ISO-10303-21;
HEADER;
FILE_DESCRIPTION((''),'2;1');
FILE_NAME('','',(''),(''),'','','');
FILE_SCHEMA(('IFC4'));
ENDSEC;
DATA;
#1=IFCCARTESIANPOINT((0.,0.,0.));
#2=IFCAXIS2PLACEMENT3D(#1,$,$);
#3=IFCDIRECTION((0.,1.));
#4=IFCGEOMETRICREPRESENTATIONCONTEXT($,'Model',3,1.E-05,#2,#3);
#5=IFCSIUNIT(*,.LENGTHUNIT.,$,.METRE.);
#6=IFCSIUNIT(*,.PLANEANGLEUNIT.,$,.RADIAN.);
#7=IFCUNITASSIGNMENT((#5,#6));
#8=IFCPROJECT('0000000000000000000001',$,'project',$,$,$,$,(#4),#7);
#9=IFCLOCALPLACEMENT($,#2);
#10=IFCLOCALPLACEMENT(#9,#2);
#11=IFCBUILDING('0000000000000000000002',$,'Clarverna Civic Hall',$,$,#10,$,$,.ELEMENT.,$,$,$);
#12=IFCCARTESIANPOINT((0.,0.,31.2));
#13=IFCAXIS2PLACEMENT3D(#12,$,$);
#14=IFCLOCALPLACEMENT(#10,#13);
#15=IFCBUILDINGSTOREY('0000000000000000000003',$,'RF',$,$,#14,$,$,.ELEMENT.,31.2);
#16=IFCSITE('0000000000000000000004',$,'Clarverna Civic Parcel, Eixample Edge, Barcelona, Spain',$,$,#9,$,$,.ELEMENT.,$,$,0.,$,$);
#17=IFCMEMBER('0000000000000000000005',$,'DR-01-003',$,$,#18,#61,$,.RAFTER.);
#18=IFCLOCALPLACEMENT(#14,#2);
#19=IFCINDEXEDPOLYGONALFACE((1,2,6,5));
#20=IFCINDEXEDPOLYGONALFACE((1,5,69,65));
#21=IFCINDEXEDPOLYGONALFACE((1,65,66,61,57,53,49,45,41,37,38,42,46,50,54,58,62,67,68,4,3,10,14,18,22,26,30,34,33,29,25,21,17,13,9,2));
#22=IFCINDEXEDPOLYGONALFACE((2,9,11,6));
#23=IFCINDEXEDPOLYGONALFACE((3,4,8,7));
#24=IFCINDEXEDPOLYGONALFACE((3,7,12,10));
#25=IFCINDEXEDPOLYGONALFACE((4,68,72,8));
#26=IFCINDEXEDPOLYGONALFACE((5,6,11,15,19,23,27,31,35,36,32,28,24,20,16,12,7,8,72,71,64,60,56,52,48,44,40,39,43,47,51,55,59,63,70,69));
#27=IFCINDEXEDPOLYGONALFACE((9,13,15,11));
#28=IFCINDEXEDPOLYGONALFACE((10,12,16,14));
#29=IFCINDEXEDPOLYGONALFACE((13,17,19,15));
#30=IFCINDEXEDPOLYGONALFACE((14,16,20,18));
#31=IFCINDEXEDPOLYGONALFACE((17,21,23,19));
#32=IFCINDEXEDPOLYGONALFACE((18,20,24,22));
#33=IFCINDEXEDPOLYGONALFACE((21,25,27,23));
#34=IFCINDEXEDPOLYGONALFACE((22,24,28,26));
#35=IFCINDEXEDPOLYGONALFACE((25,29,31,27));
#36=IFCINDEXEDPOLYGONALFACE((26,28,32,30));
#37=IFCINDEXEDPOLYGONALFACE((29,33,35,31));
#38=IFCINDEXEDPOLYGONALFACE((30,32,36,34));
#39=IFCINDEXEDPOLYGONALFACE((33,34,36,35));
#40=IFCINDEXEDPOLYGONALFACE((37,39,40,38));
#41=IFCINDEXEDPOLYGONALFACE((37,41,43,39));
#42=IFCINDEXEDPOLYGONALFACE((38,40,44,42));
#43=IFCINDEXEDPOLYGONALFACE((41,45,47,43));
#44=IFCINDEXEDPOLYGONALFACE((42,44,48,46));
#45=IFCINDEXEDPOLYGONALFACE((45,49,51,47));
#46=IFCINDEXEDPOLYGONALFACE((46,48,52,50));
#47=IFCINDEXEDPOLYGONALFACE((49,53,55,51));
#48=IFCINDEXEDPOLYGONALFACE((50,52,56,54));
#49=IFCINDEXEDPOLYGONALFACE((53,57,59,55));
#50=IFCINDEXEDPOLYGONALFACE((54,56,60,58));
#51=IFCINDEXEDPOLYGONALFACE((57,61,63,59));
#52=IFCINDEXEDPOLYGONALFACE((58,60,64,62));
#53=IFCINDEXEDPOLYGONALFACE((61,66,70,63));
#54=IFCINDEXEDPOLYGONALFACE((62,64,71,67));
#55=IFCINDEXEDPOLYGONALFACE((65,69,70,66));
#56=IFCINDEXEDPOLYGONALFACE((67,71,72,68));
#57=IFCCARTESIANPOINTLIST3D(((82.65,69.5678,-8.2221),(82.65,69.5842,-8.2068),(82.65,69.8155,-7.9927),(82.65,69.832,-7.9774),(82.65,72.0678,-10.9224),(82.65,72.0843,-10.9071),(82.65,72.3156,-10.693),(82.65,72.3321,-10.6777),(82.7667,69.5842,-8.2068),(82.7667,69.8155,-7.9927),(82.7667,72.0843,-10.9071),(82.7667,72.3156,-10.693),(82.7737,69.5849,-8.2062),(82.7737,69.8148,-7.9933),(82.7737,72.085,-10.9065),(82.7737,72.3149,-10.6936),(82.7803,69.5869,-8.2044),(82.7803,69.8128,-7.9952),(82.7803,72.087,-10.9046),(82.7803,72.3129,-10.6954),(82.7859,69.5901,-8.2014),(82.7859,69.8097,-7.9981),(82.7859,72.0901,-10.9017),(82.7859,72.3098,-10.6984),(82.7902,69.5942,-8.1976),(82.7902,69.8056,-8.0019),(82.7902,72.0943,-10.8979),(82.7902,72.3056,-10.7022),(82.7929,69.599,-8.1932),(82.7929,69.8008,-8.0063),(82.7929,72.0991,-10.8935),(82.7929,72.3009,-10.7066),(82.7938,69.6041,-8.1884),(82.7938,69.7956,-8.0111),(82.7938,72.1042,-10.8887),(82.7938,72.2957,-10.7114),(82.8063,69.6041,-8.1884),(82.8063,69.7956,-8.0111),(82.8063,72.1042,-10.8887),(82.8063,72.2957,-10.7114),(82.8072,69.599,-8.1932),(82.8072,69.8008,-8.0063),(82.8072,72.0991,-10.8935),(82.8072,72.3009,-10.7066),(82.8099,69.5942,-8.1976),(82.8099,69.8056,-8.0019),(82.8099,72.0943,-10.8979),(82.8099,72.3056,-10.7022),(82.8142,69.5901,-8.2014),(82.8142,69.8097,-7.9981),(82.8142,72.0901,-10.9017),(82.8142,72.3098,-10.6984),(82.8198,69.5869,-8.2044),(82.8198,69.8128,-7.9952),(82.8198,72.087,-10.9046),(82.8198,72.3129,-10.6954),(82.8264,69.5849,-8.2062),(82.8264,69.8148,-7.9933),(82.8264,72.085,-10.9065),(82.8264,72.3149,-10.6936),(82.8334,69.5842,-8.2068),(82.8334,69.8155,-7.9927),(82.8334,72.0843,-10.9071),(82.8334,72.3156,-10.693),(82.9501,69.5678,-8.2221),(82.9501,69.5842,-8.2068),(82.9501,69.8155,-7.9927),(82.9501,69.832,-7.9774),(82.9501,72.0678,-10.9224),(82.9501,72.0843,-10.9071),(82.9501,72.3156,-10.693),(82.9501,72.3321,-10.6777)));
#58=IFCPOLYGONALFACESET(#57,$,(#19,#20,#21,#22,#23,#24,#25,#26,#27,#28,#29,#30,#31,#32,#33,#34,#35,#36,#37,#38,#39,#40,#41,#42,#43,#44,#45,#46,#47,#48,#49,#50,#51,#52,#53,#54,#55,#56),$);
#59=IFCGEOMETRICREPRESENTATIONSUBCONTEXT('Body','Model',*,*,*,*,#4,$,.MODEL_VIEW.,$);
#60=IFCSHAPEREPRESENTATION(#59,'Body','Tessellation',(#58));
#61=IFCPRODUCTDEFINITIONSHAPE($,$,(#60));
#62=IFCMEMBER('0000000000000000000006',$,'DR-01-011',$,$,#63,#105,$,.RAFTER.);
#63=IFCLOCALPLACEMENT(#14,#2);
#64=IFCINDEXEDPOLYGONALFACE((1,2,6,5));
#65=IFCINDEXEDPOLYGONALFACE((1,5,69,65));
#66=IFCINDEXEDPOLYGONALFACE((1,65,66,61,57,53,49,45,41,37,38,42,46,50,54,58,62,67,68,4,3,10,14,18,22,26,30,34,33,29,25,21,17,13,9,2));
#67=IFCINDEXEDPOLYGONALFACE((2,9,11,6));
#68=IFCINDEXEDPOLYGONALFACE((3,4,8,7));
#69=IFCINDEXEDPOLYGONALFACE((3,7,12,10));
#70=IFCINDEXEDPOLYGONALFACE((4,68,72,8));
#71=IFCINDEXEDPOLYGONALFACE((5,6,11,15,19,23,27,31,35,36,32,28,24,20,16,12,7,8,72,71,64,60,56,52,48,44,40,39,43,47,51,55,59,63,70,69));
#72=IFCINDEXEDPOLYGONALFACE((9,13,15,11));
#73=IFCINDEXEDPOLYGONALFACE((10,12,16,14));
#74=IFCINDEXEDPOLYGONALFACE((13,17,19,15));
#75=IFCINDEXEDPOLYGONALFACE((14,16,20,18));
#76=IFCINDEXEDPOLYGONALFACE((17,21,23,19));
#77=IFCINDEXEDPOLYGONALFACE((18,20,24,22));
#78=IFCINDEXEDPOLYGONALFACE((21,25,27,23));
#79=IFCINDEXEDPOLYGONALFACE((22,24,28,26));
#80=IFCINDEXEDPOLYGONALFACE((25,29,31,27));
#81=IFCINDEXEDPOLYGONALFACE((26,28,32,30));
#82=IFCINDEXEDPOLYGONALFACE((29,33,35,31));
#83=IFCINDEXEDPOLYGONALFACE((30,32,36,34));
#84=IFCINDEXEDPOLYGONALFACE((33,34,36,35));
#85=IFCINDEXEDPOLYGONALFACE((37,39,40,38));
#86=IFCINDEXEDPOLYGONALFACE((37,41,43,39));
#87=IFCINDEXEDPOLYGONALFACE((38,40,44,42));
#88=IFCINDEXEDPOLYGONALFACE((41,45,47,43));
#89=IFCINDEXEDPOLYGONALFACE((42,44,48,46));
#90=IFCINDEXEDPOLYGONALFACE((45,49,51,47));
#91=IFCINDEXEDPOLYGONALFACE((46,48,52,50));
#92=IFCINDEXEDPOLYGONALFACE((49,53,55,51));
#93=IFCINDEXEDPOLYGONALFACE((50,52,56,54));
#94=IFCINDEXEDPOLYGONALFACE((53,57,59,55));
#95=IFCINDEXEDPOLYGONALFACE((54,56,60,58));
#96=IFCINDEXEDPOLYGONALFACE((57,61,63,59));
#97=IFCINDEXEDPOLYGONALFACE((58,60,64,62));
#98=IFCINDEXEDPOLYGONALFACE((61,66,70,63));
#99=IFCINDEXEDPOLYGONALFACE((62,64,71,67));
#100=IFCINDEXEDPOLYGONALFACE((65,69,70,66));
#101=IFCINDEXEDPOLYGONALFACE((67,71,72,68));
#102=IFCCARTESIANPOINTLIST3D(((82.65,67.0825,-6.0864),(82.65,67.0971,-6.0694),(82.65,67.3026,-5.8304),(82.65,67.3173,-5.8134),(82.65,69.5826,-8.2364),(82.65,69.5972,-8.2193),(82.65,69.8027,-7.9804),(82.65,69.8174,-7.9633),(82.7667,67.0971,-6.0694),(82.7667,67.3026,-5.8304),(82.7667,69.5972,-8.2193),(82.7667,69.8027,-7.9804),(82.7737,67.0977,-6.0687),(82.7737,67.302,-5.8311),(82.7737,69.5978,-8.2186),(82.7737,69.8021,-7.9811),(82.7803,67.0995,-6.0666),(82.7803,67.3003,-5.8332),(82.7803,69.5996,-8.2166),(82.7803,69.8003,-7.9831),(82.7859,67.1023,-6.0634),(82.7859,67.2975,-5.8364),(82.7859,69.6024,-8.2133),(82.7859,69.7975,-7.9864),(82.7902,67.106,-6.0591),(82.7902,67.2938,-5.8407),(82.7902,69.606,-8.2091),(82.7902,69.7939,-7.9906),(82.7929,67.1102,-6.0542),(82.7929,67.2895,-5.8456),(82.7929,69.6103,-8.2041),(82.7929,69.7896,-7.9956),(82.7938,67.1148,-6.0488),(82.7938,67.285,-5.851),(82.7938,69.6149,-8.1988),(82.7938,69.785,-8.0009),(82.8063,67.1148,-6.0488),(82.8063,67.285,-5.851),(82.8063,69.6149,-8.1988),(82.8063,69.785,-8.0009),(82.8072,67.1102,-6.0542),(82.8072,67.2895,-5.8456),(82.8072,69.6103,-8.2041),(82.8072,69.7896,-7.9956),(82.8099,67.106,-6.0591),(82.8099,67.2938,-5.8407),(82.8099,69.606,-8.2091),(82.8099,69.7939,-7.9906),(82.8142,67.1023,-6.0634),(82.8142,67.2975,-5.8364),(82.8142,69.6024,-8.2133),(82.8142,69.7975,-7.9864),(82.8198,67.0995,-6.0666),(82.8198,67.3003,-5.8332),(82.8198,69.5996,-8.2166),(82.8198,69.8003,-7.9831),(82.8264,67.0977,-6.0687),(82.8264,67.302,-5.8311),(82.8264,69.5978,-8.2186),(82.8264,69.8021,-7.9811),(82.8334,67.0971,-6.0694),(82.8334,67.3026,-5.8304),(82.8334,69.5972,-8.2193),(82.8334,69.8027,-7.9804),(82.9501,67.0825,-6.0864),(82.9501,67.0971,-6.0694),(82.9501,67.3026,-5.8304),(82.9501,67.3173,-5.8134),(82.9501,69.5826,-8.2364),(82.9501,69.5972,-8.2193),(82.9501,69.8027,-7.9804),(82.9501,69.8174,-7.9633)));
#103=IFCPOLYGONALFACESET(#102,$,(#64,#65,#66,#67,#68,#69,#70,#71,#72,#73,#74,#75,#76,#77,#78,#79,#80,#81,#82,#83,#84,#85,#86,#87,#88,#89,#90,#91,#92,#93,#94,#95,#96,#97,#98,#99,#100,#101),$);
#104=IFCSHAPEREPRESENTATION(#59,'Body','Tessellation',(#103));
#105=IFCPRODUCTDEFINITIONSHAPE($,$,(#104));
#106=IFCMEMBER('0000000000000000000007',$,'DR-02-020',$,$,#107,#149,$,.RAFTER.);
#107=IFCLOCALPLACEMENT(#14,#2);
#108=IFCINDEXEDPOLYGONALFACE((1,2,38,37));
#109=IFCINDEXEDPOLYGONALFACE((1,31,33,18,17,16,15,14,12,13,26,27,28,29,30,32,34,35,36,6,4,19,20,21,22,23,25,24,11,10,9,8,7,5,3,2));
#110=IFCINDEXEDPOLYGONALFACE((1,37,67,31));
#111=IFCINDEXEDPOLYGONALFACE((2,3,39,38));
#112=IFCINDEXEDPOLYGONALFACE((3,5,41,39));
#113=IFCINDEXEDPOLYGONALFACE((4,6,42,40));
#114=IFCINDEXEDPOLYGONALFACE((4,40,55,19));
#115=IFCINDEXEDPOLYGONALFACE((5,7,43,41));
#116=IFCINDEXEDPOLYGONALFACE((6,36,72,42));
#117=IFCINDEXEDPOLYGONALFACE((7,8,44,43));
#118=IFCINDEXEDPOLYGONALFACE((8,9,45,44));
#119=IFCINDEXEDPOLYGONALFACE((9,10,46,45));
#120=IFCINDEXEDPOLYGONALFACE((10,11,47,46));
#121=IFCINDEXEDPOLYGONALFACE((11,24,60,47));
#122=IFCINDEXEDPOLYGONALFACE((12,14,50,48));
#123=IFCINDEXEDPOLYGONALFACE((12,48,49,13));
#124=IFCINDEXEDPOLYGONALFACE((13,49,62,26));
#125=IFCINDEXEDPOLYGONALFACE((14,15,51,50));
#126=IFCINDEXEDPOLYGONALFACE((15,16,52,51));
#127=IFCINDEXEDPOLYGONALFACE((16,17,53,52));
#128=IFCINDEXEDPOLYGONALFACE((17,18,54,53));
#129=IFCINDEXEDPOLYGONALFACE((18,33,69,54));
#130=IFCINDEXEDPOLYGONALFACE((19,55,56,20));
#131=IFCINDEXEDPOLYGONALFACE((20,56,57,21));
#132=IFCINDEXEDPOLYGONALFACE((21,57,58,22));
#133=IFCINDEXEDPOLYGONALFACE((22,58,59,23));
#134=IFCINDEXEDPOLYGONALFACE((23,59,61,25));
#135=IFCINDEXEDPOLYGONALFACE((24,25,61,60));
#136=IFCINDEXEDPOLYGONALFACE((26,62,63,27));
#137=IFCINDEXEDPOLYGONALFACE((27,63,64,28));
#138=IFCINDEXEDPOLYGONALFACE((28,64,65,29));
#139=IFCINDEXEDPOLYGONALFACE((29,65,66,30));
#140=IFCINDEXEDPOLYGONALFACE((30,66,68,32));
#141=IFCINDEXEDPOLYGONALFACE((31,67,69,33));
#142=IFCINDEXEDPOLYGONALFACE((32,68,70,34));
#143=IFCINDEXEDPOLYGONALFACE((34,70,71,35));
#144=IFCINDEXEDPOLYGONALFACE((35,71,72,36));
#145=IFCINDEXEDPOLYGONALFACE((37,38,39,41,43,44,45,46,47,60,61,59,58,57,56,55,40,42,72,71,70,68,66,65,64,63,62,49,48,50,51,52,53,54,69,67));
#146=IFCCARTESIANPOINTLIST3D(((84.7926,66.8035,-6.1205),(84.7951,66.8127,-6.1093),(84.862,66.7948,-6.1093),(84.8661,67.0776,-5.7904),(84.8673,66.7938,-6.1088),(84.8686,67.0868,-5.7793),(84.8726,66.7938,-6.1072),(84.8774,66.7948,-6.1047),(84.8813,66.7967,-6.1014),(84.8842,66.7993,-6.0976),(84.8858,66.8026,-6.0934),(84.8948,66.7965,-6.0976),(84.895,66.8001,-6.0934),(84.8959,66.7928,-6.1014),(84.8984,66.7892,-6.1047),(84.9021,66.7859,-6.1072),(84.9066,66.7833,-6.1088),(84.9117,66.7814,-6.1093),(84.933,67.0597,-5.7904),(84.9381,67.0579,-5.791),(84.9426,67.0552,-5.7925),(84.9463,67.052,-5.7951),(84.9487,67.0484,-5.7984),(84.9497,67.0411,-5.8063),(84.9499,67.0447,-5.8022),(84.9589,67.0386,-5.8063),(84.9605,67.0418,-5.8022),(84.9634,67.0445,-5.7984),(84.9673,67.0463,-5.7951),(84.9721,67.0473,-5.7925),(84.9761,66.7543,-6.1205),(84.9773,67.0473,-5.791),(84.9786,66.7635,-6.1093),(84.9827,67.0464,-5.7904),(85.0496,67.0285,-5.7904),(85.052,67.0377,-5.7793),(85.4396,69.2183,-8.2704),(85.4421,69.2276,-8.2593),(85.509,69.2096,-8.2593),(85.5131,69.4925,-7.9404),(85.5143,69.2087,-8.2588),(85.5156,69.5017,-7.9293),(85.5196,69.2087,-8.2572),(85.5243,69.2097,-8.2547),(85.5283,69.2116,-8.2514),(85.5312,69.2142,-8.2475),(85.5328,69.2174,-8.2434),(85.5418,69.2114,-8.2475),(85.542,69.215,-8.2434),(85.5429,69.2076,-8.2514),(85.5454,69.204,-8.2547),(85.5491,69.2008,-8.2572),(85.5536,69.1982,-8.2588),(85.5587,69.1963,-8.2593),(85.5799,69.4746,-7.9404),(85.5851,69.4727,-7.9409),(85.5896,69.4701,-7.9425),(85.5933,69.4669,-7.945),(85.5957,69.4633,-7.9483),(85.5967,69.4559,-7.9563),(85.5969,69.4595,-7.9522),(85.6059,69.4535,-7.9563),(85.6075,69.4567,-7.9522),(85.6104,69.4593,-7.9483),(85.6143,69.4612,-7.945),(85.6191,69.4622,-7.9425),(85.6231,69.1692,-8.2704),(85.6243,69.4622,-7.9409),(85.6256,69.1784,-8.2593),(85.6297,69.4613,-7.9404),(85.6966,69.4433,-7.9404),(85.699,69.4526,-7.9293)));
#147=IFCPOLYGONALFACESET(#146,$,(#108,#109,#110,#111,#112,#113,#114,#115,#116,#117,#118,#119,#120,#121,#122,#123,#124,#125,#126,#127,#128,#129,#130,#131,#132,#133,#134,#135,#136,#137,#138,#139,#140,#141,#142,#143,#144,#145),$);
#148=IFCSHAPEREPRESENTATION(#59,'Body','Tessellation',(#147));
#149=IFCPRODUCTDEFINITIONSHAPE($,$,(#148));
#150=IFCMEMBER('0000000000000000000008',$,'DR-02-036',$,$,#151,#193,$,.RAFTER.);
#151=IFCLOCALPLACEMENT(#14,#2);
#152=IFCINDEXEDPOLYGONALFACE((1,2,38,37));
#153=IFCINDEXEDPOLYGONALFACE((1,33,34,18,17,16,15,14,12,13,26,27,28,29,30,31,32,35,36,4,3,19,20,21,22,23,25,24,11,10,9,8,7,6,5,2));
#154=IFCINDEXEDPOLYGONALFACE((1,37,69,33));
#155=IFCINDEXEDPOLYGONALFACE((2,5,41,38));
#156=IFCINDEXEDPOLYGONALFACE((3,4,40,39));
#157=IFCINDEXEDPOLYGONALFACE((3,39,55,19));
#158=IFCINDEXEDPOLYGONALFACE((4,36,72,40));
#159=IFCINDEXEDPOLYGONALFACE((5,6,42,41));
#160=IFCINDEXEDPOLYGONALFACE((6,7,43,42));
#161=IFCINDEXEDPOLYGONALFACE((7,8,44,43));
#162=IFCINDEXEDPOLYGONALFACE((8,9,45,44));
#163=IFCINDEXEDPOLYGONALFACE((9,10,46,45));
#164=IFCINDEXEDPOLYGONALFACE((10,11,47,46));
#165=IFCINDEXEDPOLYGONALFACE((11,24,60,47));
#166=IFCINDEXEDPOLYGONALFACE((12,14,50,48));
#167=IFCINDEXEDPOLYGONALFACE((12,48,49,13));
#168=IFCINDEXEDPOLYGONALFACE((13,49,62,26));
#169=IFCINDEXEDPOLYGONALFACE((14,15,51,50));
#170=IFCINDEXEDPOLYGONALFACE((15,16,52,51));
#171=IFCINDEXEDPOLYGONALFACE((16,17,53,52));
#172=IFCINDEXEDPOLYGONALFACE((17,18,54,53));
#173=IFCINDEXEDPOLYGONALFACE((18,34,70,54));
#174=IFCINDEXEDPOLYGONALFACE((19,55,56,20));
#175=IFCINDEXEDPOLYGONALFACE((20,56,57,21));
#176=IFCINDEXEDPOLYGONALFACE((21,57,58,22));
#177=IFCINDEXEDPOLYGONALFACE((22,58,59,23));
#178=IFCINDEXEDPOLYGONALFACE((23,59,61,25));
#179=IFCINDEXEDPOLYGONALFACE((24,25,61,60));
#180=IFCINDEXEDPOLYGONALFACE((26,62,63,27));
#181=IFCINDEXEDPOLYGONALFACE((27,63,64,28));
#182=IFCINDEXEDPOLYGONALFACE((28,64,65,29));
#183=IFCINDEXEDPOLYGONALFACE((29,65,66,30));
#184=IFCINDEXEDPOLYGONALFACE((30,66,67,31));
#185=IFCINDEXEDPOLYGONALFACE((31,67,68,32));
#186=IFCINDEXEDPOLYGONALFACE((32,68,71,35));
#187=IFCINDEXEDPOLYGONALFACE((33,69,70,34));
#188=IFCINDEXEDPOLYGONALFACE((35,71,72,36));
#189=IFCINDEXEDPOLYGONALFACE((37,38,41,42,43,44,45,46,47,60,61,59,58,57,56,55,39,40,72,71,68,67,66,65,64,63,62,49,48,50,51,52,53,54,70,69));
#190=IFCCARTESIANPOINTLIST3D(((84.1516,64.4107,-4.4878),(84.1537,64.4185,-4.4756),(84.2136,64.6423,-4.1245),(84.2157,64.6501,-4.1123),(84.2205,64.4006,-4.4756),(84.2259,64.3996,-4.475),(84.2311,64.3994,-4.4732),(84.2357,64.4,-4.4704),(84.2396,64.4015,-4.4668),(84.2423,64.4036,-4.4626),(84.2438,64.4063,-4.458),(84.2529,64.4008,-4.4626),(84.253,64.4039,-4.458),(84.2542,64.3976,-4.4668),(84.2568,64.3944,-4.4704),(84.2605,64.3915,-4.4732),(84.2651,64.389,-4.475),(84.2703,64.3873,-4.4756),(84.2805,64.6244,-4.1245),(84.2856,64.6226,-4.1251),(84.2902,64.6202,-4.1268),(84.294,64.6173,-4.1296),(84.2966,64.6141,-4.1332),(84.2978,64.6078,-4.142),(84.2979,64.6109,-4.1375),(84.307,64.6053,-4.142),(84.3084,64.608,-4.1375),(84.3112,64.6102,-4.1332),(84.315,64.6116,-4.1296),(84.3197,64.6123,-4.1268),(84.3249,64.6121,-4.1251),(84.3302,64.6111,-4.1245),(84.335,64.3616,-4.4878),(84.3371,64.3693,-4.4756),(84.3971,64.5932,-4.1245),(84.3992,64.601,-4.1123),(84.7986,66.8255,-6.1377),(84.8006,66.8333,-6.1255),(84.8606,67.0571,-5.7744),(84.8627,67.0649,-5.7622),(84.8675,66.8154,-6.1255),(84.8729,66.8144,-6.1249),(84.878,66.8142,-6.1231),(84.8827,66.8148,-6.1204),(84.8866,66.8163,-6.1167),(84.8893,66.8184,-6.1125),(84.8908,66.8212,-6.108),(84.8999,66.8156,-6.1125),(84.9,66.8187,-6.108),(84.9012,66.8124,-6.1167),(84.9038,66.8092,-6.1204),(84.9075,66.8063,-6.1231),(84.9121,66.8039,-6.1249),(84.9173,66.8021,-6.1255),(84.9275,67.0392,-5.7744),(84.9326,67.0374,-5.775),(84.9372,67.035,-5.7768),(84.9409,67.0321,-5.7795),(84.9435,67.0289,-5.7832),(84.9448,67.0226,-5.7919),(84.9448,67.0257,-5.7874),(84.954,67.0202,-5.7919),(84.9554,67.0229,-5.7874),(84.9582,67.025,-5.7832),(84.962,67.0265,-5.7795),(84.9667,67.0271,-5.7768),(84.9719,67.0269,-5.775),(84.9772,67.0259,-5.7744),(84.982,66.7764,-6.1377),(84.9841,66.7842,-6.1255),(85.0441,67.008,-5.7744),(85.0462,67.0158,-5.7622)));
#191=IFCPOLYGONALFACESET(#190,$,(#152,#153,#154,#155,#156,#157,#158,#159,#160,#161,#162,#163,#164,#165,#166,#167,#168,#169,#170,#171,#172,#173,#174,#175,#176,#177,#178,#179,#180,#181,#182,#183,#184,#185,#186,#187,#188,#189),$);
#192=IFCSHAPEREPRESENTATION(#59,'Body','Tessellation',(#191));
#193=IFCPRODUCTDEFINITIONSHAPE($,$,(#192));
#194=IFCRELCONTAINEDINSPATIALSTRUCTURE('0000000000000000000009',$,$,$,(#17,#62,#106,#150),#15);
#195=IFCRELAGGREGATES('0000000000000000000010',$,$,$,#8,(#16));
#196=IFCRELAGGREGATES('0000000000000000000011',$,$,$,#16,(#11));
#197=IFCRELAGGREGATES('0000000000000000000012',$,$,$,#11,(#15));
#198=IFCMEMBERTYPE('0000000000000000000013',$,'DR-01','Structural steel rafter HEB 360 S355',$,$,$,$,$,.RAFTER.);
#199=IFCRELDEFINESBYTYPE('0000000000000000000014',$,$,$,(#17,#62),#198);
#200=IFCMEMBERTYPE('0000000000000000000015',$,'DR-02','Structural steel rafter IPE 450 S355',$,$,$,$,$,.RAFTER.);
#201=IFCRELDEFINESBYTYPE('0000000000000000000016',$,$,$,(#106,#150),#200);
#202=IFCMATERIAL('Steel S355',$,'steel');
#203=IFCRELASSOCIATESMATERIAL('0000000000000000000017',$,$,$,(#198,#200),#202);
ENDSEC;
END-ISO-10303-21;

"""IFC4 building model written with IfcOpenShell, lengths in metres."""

from ifc_helpers import new_model, si_unit, direction, frame, origin, origin_2d, place, context, subcontext, project, spatial, i_section, extrude, material, material_profile, profile_set, type_object, element, save


model = new_model("IFC4")

# Units and contexts
model_context = context("Model", 3, precision=1e-05, world=origin(), true_north=direction((0.0, 1.0)))
body_context = subcontext(model_context, "Body", "Model", "MODEL_VIEW")
ifc_project = project(units=[si_unit("LENGTHUNIT", "METRE"), si_unit("PLANEANGLEUNIT", "RADIAN")], contexts=[model_context])

# Site, building, storey
site_placement = place(None, origin())
site = spatial("IfcSite", under=ifc_project, at=site_placement, Name="Clarverna Civic Parcel, Eixample Edge, Barcelona, Spain", CompositionType="ELEMENT", RefElevation=0.0)
building_placement = place(site_placement, origin())
building = spatial("IfcBuilding", under=site, at=building_placement, Name="Clarverna Civic Hall", CompositionType="ELEMENT")
storey_placement = place(building_placement, frame((0.0, 0.0, 31.2)))
storey = spatial("IfcBuildingStorey", under=building, at=storey_placement, Name="RF", CompositionType="ELEMENT", Elevation=31.2)

# Members
ifc_material_1 = material(Name="Steel S355", Category="steel")
ifc_material_profile_1 = material_profile(ifc_material_1, i_section(OverallWidth=0.3, OverallDepth=0.3601, WebThickness=0.0125, FlangeThickness=0.0225, FilletRadius=0.0271, at=origin_2d()), Name="HEB 360")
ifc_profile_set_1 = profile_set([ifc_material_profile_1], Name="Steel S355")
member_type_1 = type_object("IfcMemberType", Name="DR-01", Description="Structural steel rafter HEB 360 S355", PredefinedType="RAFTER", material=ifc_profile_set_1)
member_1_placement = place(storey_placement, frame((82.8, 72.2, -10.8), z_axis=(0.0, -0.679382, 0.733785), x_axis=(1.0, 0.0, 0.0)))
element("IfcMember", 1, at=member_1_placement, inside=storey, type_object=member_type_1, Name="DR-01-003", PredefinedType="RAFTER", context=body_context, shape_type="SweptSolid", body=[
    extrude(i_section(OverallWidth=0.3, OverallDepth=0.3601, WebThickness=0.0125, FlangeThickness=0.0225, FilletRadius=0.0271, at=origin_2d()), origin(), (0.0, 0.0, 1.0), 3.6799),
])
member_2_placement = place(storey_placement, frame((82.8, 69.7, -8.0999), z_axis=(0.0, -0.7582, 0.652022), x_axis=(1.0, 0.0, 0.0)))
element("IfcMember", 2, at=member_2_placement, inside=storey, type_object=member_type_1, Name="DR-01-011", PredefinedType="RAFTER", context=body_context, shape_type="SweptSolid", body=[
    extrude(i_section(OverallWidth=0.3, OverallDepth=0.3601, WebThickness=0.0125, FlangeThickness=0.0225, FilletRadius=0.0271, at=origin_2d()), origin(), (0.0, 0.0, 1.0), 3.2974),
])
ifc_material_profile_2 = material_profile(ifc_material_1, i_section(OverallWidth=0.1899, OverallDepth=0.45, WebThickness=0.0095, FlangeThickness=0.0146, FilletRadius=0.021, at=origin_2d()), Name="IPE 450")
ifc_profile_set_2 = profile_set([ifc_material_profile_2], Name="Steel S355")
member_type_2 = type_object("IfcMemberType", Name="DR-02", Description="Structural steel rafter IPE 450 S355", PredefinedType="RAFTER", material=ifc_profile_set_2)
member_3_placement = place(storey_placement, frame((85.5693, 69.3354, -8.0999), z_axis=(-0.196216, -0.732365, 0.652028), x_axis=(0.965933, -0.258793, 0.0)))
element("IfcMember", 3, at=member_3_placement, inside=storey, type_object=member_type_2, Name="DR-02-020", PredefinedType="RAFTER", context=body_context, shape_type="SweptSolid", body=[
    extrude(i_section(OverallWidth=0.1899, OverallDepth=0.45, WebThickness=0.0095, FlangeThickness=0.0146, FilletRadius=0.021, at=origin_2d()), origin(), (0.0, 0.0, 1.0), 3.2974),
])
member_4_placement = place(storey_placement, frame((84.9224, 66.9207, -5.95), z_axis=(-0.215994, -0.806187, 0.550825), x_axis=(0.965933, -0.258793, 0.0)))
element("IfcMember", 4, at=member_4_placement, inside=storey, type_object=member_type_2, Name="DR-02-036", PredefinedType="RAFTER", context=body_context, shape_type="SweptSolid", body=[
    extrude(i_section(OverallWidth=0.1899, OverallDepth=0.45, WebThickness=0.0095, FlangeThickness=0.0146, FilletRadius=0.021, at=origin_2d()), origin(), (0.0, 0.0, 1.0), 2.9954),
])

save(model, "model.ifc")
